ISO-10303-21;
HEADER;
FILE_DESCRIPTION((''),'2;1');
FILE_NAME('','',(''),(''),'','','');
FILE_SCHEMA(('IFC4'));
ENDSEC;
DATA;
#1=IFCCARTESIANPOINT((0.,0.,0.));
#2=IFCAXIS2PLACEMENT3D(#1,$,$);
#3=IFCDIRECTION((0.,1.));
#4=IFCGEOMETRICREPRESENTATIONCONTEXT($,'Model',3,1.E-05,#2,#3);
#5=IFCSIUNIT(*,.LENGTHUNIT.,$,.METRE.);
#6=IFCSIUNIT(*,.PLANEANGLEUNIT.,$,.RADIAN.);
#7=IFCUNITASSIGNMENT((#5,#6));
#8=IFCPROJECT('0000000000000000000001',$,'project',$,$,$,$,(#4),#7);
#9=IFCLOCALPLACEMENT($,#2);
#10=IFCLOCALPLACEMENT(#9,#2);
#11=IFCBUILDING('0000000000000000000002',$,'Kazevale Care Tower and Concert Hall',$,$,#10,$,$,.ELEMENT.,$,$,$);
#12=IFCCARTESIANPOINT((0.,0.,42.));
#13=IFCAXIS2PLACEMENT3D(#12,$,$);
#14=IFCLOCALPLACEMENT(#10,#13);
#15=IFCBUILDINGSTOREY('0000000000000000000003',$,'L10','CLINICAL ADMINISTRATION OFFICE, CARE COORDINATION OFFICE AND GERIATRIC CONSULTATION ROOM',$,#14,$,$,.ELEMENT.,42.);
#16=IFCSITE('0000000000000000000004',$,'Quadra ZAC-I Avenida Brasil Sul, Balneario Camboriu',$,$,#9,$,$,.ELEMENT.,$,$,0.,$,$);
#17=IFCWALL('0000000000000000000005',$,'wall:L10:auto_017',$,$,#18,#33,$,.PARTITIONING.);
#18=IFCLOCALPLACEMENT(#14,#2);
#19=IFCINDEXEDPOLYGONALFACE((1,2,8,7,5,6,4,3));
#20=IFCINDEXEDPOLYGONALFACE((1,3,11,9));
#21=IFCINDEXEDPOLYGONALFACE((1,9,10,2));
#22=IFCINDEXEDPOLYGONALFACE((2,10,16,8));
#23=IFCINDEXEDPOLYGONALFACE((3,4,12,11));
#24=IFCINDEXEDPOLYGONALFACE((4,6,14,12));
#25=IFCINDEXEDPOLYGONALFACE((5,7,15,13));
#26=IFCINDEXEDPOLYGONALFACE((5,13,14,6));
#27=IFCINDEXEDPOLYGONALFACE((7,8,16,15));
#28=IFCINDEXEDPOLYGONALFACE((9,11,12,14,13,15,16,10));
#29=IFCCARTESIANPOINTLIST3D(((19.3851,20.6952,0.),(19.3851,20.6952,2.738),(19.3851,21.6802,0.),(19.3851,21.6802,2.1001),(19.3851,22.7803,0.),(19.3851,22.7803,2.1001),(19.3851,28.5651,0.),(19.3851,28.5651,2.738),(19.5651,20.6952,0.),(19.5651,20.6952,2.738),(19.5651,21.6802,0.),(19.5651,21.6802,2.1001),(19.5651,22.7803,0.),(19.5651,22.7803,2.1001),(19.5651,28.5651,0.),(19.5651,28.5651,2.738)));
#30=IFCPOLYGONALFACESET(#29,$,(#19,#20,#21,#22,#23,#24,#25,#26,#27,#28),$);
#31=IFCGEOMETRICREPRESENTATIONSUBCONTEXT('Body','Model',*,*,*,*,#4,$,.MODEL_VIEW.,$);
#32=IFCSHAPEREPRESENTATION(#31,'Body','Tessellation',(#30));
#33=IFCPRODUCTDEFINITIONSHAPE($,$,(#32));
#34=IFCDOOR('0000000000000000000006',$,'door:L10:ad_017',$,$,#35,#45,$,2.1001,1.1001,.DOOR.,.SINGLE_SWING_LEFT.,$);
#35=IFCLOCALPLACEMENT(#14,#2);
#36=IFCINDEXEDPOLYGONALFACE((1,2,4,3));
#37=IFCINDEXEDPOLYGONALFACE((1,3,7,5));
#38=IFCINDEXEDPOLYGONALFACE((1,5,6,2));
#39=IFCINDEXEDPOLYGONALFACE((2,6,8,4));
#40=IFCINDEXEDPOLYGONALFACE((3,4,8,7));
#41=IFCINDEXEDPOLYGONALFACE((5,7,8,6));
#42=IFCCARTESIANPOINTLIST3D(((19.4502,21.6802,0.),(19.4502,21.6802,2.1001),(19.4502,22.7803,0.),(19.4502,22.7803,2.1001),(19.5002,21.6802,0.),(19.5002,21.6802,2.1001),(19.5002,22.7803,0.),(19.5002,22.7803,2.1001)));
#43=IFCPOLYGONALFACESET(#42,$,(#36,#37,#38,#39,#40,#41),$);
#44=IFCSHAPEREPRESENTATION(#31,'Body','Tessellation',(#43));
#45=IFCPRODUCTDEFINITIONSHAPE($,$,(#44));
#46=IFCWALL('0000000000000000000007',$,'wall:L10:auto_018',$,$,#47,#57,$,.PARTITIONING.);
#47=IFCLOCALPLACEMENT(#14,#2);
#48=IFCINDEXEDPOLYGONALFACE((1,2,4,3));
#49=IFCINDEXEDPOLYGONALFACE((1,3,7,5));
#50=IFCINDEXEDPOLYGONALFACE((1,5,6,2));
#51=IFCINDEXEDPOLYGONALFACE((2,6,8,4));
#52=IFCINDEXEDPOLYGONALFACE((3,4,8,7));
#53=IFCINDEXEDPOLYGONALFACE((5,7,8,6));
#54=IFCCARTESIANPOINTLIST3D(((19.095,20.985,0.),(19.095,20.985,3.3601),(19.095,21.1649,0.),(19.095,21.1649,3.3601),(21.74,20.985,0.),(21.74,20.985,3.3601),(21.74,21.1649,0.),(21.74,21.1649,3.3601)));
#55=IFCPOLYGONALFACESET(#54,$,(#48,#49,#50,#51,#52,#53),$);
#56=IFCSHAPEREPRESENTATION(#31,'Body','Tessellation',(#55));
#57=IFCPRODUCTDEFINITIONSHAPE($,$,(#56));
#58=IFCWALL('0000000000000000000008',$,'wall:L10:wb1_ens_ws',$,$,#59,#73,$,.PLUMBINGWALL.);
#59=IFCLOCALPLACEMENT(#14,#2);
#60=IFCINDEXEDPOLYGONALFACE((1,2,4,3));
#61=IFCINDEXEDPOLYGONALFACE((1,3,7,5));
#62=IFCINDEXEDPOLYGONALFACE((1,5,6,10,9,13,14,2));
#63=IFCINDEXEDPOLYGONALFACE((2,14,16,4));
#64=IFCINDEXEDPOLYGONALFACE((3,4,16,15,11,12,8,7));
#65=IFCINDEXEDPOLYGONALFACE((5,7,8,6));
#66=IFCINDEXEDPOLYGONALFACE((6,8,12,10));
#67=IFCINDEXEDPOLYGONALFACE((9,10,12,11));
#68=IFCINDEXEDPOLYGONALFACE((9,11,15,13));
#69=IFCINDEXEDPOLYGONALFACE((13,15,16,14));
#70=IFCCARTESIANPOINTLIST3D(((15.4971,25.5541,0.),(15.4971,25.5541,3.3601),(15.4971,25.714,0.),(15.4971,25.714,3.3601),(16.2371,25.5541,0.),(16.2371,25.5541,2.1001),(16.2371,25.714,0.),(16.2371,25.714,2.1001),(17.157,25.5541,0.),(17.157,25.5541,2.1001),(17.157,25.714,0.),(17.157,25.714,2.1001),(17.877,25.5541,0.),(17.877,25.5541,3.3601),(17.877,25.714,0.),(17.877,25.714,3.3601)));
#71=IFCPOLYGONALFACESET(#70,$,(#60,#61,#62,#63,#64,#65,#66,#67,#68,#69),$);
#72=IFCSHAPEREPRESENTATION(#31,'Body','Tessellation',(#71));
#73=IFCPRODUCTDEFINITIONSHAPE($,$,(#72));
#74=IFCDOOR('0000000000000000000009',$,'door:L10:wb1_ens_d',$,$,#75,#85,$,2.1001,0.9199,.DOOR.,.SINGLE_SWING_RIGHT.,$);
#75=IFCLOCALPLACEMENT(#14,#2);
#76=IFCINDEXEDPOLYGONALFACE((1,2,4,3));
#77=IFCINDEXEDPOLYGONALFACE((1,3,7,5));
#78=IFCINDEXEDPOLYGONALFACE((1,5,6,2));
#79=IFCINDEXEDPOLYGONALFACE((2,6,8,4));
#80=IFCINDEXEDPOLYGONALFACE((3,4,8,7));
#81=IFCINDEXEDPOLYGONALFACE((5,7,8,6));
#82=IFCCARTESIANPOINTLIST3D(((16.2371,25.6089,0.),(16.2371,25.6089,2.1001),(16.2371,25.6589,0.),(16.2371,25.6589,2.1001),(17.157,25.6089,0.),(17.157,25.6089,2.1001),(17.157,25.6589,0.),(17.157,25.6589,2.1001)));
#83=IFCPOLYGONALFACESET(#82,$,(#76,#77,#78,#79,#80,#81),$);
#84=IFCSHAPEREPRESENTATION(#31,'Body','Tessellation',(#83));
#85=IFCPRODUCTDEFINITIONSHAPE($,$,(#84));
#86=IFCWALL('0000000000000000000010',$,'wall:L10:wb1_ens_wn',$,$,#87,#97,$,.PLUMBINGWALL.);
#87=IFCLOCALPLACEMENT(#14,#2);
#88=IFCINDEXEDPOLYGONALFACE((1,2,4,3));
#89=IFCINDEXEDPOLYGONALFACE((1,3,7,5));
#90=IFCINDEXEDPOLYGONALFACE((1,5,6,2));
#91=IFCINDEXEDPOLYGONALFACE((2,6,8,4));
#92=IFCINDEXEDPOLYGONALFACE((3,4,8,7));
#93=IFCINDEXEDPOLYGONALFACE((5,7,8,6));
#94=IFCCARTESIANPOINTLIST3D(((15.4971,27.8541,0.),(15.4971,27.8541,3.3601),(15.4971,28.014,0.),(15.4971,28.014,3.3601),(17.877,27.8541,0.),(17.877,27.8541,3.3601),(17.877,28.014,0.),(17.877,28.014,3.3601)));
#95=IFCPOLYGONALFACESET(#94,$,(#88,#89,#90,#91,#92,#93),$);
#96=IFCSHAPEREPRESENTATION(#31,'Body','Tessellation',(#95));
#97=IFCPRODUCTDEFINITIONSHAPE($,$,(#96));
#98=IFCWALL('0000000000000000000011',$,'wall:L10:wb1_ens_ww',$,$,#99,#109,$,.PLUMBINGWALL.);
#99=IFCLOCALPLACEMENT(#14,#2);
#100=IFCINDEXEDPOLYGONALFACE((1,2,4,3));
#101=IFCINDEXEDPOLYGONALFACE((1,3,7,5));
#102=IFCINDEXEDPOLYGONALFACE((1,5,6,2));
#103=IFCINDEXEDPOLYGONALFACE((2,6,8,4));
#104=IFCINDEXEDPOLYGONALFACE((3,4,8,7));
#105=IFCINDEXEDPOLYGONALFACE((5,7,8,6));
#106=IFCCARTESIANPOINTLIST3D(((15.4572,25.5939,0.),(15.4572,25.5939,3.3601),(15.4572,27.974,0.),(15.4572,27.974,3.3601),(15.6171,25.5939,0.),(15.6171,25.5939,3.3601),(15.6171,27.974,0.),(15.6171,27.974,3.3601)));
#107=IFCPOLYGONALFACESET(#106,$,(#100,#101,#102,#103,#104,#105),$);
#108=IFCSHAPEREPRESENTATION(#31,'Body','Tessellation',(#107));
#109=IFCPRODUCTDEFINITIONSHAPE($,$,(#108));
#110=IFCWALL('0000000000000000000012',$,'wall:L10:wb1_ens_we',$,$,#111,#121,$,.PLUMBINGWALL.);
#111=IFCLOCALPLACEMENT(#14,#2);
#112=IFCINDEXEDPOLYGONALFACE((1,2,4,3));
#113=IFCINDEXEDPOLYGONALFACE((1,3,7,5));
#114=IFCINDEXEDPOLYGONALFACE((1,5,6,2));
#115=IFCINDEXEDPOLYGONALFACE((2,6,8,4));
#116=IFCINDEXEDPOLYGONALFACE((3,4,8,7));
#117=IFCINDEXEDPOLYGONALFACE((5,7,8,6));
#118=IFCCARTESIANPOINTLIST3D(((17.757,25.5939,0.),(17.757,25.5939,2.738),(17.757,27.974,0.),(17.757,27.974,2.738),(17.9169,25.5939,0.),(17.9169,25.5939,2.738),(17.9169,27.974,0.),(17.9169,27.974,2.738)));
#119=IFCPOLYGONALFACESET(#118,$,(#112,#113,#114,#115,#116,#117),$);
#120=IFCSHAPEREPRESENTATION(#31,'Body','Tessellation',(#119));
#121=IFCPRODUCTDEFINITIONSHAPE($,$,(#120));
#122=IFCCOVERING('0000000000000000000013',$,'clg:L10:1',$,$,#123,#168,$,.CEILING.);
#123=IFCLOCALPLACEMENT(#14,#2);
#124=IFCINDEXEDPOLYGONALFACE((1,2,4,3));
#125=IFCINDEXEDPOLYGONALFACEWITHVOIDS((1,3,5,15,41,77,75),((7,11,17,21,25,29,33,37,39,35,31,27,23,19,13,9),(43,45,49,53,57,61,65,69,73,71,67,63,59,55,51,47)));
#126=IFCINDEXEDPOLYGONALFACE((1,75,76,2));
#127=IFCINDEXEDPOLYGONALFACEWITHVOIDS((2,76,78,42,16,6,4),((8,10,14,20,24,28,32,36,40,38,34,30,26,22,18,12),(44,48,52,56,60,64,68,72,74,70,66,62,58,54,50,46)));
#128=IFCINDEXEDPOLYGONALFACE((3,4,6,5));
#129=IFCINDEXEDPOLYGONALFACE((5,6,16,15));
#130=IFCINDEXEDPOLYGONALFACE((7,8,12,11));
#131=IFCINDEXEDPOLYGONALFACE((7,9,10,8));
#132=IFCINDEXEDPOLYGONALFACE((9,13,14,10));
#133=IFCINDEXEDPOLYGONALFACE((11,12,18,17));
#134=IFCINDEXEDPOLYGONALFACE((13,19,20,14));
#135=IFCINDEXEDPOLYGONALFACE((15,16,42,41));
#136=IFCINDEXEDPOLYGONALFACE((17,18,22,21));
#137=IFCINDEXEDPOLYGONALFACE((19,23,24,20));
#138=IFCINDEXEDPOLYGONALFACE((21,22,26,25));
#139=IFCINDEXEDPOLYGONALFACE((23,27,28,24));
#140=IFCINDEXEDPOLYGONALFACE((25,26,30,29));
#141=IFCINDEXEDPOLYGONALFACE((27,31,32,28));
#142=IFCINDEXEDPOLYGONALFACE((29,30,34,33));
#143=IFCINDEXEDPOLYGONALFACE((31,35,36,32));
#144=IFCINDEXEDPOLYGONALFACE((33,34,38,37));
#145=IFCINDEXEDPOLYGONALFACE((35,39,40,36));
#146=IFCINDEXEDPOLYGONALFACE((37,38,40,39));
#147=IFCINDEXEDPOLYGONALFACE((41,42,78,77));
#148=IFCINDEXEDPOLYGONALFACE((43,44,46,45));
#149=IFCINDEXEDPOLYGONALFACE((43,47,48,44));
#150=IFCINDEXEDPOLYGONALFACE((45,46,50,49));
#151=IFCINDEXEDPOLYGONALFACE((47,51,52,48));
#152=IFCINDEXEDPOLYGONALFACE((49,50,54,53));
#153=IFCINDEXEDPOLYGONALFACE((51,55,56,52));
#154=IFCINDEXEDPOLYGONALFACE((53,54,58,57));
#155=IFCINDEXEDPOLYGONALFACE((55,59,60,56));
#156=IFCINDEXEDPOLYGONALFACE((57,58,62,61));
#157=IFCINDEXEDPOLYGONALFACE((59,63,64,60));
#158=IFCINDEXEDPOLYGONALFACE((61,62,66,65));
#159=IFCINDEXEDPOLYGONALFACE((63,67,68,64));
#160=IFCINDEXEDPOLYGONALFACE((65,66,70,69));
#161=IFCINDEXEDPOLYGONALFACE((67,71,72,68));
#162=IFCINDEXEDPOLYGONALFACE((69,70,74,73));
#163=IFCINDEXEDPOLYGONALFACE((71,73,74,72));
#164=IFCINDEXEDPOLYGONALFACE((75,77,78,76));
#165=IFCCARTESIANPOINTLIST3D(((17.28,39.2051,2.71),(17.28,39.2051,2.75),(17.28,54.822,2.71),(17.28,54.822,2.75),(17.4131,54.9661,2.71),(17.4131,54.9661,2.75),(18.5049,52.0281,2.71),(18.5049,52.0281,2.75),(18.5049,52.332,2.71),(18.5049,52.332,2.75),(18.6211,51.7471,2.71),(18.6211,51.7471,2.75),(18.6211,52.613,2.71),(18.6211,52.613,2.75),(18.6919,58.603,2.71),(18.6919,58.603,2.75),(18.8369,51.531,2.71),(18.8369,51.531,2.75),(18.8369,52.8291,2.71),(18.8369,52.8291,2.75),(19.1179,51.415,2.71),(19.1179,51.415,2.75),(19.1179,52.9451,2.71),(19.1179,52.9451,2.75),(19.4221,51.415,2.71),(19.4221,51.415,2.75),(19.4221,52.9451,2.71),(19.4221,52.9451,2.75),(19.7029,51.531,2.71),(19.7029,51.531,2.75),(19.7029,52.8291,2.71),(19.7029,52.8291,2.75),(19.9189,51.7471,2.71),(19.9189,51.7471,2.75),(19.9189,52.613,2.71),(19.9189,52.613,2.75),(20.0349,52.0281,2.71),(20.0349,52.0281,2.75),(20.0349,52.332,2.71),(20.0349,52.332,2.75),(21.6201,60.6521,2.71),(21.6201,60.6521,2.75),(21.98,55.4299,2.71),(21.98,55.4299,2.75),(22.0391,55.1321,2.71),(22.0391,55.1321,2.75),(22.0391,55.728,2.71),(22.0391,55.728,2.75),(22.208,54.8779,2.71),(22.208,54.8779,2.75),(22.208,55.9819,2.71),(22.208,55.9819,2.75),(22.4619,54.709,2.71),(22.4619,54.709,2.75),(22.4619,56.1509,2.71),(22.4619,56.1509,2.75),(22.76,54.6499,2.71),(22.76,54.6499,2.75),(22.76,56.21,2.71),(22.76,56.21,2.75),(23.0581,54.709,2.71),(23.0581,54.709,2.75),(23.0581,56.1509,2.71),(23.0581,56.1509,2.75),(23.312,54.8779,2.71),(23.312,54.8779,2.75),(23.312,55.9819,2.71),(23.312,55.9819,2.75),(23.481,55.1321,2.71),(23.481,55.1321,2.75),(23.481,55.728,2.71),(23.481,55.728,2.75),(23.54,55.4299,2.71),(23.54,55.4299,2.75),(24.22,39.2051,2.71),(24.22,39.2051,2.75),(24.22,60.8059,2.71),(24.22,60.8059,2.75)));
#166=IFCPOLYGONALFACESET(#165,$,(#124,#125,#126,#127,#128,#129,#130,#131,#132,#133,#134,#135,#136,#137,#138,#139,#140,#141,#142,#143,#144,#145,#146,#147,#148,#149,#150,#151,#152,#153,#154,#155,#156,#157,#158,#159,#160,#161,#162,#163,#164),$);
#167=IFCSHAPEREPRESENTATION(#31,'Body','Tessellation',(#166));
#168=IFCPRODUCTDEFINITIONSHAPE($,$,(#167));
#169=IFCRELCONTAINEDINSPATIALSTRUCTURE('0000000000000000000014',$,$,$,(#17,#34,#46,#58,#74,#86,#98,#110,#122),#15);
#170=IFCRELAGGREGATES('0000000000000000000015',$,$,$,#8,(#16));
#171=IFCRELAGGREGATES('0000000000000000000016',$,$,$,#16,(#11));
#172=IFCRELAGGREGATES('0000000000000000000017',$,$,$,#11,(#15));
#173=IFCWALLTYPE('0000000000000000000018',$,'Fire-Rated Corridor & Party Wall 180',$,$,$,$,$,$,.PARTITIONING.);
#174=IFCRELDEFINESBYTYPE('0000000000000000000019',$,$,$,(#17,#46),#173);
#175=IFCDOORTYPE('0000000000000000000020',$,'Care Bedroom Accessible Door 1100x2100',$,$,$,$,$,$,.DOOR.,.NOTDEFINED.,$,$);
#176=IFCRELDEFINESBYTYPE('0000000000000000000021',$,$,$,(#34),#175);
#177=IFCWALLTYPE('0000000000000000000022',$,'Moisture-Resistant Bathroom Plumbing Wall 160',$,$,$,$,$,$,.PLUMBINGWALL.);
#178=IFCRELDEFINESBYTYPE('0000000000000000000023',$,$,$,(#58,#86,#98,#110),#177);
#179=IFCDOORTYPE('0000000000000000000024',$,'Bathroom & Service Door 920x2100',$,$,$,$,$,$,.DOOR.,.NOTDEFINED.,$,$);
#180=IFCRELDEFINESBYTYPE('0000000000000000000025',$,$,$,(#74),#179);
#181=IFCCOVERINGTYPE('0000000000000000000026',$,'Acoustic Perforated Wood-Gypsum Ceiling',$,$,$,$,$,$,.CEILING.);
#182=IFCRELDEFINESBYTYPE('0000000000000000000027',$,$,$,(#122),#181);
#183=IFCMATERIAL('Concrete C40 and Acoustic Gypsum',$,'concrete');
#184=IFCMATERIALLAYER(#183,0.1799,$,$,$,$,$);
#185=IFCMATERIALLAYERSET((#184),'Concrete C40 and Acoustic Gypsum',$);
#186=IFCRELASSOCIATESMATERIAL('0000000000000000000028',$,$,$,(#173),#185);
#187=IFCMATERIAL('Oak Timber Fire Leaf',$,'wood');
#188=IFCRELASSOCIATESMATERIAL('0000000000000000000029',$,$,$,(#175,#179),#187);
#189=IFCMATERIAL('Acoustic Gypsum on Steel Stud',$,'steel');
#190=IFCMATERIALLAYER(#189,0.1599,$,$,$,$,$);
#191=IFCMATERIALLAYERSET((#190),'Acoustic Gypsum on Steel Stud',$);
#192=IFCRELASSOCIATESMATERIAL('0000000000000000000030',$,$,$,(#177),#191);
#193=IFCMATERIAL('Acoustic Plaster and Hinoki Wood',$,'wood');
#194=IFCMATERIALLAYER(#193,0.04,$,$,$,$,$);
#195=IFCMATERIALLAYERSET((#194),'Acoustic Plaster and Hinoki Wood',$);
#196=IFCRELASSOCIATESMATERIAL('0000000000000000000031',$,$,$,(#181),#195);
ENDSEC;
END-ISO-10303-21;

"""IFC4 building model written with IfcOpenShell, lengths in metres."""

from ifc_helpers import new_model, si_unit, direction, frame, frame_2d, origin, place, context, subcontext, project, spatial, polyline, rectangle, outline, extrude, material, layer, layer_set, type_object, element, fill, save


model = new_model("IFC4")

# Units and contexts
model_context = context("Model", 3, precision=1e-05, world=origin(), true_north=direction((0.0, 1.0)))
body_context = subcontext(model_context, "Body", "Model", "MODEL_VIEW")
ifc_project = project(units=[si_unit("LENGTHUNIT", "METRE"), si_unit("PLANEANGLEUNIT", "RADIAN")], contexts=[model_context])

# Site, building, storey
site_placement = place(None, origin())
site = spatial("IfcSite", under=ifc_project, at=site_placement, Name="Quadra ZAC-I Avenida Brasil Sul, Balneario Camboriu", CompositionType="ELEMENT", RefElevation=0.0)
building_placement = place(site_placement, origin())
building = spatial("IfcBuilding", under=site, at=building_placement, Name="Kazevale Care Tower and Concert Hall", CompositionType="ELEMENT")
storey_placement = place(building_placement, frame((0.0, 0.0, 42.0)))
storey = spatial("IfcBuildingStorey", under=building, at=storey_placement, Name="L10", Description="CLINICAL ADMINISTRATION OFFICE, CARE COORDINATION OFFICE AND GERIATRIC CONSULTATION ROOM", CompositionType="ELEMENT", Elevation=42.0)

# Wall, opening, door
ifc_material_1 = material(Name="Concrete C40 and Acoustic Gypsum", Category="concrete")
ifc_layer_1 = layer(ifc_material_1, 0.1799)
ifc_layer_set_1 = layer_set([ifc_layer_1], Name="Concrete C40 and Acoustic Gypsum")
wall_type_1 = type_object("IfcWallType", Name="Fire-Rated Corridor & Party Wall 180", PredefinedType="PARTITIONING", material=ifc_layer_set_1)
wall_1_placement = place(storey_placement, frame((19.4751, 20.6951, 0.0), z_axis=(0.0, 0.0, 1.0), x_axis=(0.0, 1.0, 0.0)))
wall_1 = element("IfcWall", 1, at=wall_1_placement, inside=storey, type_object=wall_type_1, Name="wall:L10:auto_017", PredefinedType="PARTITIONING", context=body_context, shape_type="SweptSolid", body=[
    extrude(rectangle(XDim=7.8699, YDim=0.1799, at=frame_2d((3.9351, 0.0))), origin(), (0.0, 0.0, 1.0), 2.738),
])
opening_1_placement = place(wall_1_placement, frame((0.9851, 0.0, 0.0)))
opening_1 = element("IfcOpeningElement", 2, at=opening_1_placement, cuts=wall_1, PredefinedType="OPENING", context=body_context, shape_type="SweptSolid", body=[
    extrude(rectangle(XDim=1.1001, YDim=2.1001, at=frame_2d((0.55, 1.05))), frame((0.0, 0.0999, 0.0), z_axis=(0.0, -1.0, 0.0), x_axis=(1.0, 0.0, 0.0)), (0.0, 0.0, 1.0), 0.2),
])
ifc_material_2 = material(Name="Oak Timber Fire Leaf", Category="wood")
door_type_1 = type_object("IfcDoorType", Name="Care Bedroom Accessible Door 1100x2100", OperationType="NOTDEFINED", PredefinedType="DOOR", material=ifc_material_2)
door_1_placement = place(opening_1_placement, origin())
door_1 = element("IfcDoor", 3, at=door_1_placement, inside=storey, type_object=door_type_1, Name="door:L10:ad_017", OperationType="SINGLE_SWING_LEFT", OverallHeight=2.1001, OverallWidth=1.1001, PredefinedType="DOOR", context=body_context, shape_type="SweptSolid", body=[
    extrude(rectangle(XDim=1.1001, YDim=2.1001, at=frame_2d((0.55, 1.05))), frame((0.0, 0.0249, 0.0), z_axis=(0.0, -1.0, 0.0), x_axis=(1.0, 0.0, 0.0)), (0.0, 0.0, 1.0), 0.05),
])
fill(opening_1, door_1)

# Wall
wall_2_placement = place(storey_placement, frame((21.74, 21.075, 0.0), z_axis=(0.0, 0.0, 1.0), x_axis=(-1.0, 0.0, 0.0)))
element("IfcWall", 4, at=wall_2_placement, inside=storey, type_object=wall_type_1, Name="wall:L10:auto_018", PredefinedType="PARTITIONING", context=body_context, shape_type="SweptSolid", body=[
    extrude(rectangle(XDim=2.645, YDim=0.1799, at=frame_2d((1.3225, 0.0))), origin(), (0.0, 0.0, 1.0), 3.3601),
])

# Wall, opening, door
ifc_material_3 = material(Name="Acoustic Gypsum on Steel Stud", Category="steel")
ifc_layer_2 = layer(ifc_material_3, 0.1599)
ifc_layer_set_2 = layer_set([ifc_layer_2], Name="Acoustic Gypsum on Steel Stud")
wall_type_2 = type_object("IfcWallType", Name="Moisture-Resistant Bathroom Plumbing Wall 160", PredefinedType="PLUMBINGWALL", material=ifc_layer_set_2)
wall_3_placement = place(storey_placement, frame((15.4971, 25.634, 0.0), z_axis=(0.0, 0.0, 1.0), x_axis=(1.0, 0.0, 0.0)))
wall_3 = element("IfcWall", 5, at=wall_3_placement, inside=storey, type_object=wall_type_2, Name="wall:L10:wb1_ens_ws", PredefinedType="PLUMBINGWALL", context=body_context, shape_type="SweptSolid", body=[
    extrude(rectangle(XDim=2.3799, YDim=0.1599, at=frame_2d((1.1899, 0.0))), origin(), (0.0, 0.0, 1.0), 3.3601),
])
opening_2_placement = place(wall_3_placement, frame((0.74, 0.0, 0.0)))
opening_2 = element("IfcOpeningElement", 6, at=opening_2_placement, cuts=wall_3, PredefinedType="OPENING", context=body_context, shape_type="SweptSolid", body=[
    extrude(rectangle(XDim=0.9199, YDim=2.1001, at=frame_2d((0.46, 1.05))), frame((0.0, 0.0898, 0.0), z_axis=(0.0, -1.0, 0.0), x_axis=(1.0, 0.0, 0.0)), (0.0, 0.0, 1.0), 0.1799),
])
door_type_2 = type_object("IfcDoorType", Name="Bathroom & Service Door 920x2100", OperationType="NOTDEFINED", PredefinedType="DOOR", material=ifc_material_2)
door_2_placement = place(opening_2_placement, origin())
door_2 = element("IfcDoor", 7, at=door_2_placement, inside=storey, type_object=door_type_2, Name="door:L10:wb1_ens_d", OperationType="SINGLE_SWING_RIGHT", OverallHeight=2.1001, OverallWidth=0.9199, PredefinedType="DOOR", context=body_context, shape_type="SweptSolid", body=[
    extrude(rectangle(XDim=0.9199, YDim=2.1001, at=frame_2d((0.46, 1.05))), frame((0.0, 0.0249, 0.0), z_axis=(0.0, -1.0, 0.0), x_axis=(1.0, 0.0, 0.0)), (0.0, 0.0, 1.0), 0.05),
])
fill(opening_2, door_2)

# Walls
wall_4_placement = place(storey_placement, frame((15.4971, 27.9341, 0.0), z_axis=(0.0, 0.0, 1.0), x_axis=(1.0, 0.0, 0.0)))
element("IfcWall", 8, at=wall_4_placement, inside=storey, type_object=wall_type_2, Name="wall:L10:wb1_ens_wn", PredefinedType="PLUMBINGWALL", context=body_context, shape_type="SweptSolid", body=[
    extrude(rectangle(XDim=2.3799, YDim=0.1599, at=frame_2d((1.1899, 0.0))), origin(), (0.0, 0.0, 1.0), 3.3601),
])
wall_5_placement = place(storey_placement, frame((15.5371, 25.594, 0.0), z_axis=(0.0, 0.0, 1.0), x_axis=(0.0, 1.0, 0.0)))
element("IfcWall", 9, at=wall_5_placement, inside=storey, type_object=wall_type_2, Name="wall:L10:wb1_ens_ww", PredefinedType="PLUMBINGWALL", context=body_context, shape_type="SweptSolid", body=[
    extrude(rectangle(XDim=2.3801, YDim=0.1599, at=frame_2d((1.1899, 0.0))), origin(), (0.0, 0.0, 1.0), 3.3601),
])
wall_6_placement = place(storey_placement, frame((17.8369, 25.594, 0.0), z_axis=(0.0, 0.0, 1.0), x_axis=(0.0, 1.0, 0.0)))
element("IfcWall", 10, at=wall_6_placement, inside=storey, type_object=wall_type_2, Name="wall:L10:wb1_ens_we", PredefinedType="PLUMBINGWALL", context=body_context, shape_type="SweptSolid", body=[
    extrude(rectangle(XDim=2.3801, YDim=0.1599, at=frame_2d((1.1899, 0.0))), origin(), (0.0, 0.0, 1.0), 2.738),
])

# Covering
ifc_material_4 = material(Name="Acoustic Plaster and Hinoki Wood", Category="wood")
ifc_layer_3 = layer(ifc_material_4, 0.04)
ifc_layer_set_3 = layer_set([ifc_layer_3], Name="Acoustic Plaster and Hinoki Wood")
covering_type = type_object("IfcCoveringType", Name="Acoustic Perforated Wood-Gypsum Ceiling", PredefinedType="CEILING", material=ifc_layer_set_3)
covering_1_placement = place(storey_placement, frame((0.0, 0.0, 2.71)))
element("IfcCovering", 11, at=covering_1_placement, inside=storey, type_object=covering_type, Name="clg:L10:1", PredefinedType="CEILING", context=body_context, shape_type="SweptSolid", body=[
    extrude(outline(polyline([(24.22, 60.8059), (24.22, 39.2051), (17.28, 39.2051), (17.28, 54.822), (17.4131, 54.9661), (18.6919, 58.603), (21.6201, 60.6521), (24.22, 60.8059)]), holes=[polyline([(23.481, 55.728), (23.312, 55.9819), (23.0581, 56.1509), (22.76, 56.21), (22.4619, 56.1509), (22.208, 55.9819), (22.0391, 55.728), (21.98, 55.4299), (22.0391, 55.1321), (22.208, 54.8779), (22.4619, 54.709), (22.76, 54.6499), (23.0581, 54.709), (23.312, 54.8779), (23.481, 55.1321), (23.54, 55.4299), (23.481, 55.728)]), polyline([(20.0349, 52.332), (19.9189, 52.613), (19.7029, 52.8291), (19.4221, 52.9451), (19.1179, 52.9451), (18.8369, 52.8291), (18.6211, 52.613), (18.5049, 52.332), (18.5049, 52.0281), (18.6211, 51.7471), (18.8369, 51.531), (19.1179, 51.415), (19.4221, 51.415), (19.7029, 51.531), (19.9189, 51.7471), (20.0349, 52.0281), (20.0349, 52.332)])]), origin(), (0.0, 0.0, 1.0), 0.04),
])

save(model, "model.ifc")
